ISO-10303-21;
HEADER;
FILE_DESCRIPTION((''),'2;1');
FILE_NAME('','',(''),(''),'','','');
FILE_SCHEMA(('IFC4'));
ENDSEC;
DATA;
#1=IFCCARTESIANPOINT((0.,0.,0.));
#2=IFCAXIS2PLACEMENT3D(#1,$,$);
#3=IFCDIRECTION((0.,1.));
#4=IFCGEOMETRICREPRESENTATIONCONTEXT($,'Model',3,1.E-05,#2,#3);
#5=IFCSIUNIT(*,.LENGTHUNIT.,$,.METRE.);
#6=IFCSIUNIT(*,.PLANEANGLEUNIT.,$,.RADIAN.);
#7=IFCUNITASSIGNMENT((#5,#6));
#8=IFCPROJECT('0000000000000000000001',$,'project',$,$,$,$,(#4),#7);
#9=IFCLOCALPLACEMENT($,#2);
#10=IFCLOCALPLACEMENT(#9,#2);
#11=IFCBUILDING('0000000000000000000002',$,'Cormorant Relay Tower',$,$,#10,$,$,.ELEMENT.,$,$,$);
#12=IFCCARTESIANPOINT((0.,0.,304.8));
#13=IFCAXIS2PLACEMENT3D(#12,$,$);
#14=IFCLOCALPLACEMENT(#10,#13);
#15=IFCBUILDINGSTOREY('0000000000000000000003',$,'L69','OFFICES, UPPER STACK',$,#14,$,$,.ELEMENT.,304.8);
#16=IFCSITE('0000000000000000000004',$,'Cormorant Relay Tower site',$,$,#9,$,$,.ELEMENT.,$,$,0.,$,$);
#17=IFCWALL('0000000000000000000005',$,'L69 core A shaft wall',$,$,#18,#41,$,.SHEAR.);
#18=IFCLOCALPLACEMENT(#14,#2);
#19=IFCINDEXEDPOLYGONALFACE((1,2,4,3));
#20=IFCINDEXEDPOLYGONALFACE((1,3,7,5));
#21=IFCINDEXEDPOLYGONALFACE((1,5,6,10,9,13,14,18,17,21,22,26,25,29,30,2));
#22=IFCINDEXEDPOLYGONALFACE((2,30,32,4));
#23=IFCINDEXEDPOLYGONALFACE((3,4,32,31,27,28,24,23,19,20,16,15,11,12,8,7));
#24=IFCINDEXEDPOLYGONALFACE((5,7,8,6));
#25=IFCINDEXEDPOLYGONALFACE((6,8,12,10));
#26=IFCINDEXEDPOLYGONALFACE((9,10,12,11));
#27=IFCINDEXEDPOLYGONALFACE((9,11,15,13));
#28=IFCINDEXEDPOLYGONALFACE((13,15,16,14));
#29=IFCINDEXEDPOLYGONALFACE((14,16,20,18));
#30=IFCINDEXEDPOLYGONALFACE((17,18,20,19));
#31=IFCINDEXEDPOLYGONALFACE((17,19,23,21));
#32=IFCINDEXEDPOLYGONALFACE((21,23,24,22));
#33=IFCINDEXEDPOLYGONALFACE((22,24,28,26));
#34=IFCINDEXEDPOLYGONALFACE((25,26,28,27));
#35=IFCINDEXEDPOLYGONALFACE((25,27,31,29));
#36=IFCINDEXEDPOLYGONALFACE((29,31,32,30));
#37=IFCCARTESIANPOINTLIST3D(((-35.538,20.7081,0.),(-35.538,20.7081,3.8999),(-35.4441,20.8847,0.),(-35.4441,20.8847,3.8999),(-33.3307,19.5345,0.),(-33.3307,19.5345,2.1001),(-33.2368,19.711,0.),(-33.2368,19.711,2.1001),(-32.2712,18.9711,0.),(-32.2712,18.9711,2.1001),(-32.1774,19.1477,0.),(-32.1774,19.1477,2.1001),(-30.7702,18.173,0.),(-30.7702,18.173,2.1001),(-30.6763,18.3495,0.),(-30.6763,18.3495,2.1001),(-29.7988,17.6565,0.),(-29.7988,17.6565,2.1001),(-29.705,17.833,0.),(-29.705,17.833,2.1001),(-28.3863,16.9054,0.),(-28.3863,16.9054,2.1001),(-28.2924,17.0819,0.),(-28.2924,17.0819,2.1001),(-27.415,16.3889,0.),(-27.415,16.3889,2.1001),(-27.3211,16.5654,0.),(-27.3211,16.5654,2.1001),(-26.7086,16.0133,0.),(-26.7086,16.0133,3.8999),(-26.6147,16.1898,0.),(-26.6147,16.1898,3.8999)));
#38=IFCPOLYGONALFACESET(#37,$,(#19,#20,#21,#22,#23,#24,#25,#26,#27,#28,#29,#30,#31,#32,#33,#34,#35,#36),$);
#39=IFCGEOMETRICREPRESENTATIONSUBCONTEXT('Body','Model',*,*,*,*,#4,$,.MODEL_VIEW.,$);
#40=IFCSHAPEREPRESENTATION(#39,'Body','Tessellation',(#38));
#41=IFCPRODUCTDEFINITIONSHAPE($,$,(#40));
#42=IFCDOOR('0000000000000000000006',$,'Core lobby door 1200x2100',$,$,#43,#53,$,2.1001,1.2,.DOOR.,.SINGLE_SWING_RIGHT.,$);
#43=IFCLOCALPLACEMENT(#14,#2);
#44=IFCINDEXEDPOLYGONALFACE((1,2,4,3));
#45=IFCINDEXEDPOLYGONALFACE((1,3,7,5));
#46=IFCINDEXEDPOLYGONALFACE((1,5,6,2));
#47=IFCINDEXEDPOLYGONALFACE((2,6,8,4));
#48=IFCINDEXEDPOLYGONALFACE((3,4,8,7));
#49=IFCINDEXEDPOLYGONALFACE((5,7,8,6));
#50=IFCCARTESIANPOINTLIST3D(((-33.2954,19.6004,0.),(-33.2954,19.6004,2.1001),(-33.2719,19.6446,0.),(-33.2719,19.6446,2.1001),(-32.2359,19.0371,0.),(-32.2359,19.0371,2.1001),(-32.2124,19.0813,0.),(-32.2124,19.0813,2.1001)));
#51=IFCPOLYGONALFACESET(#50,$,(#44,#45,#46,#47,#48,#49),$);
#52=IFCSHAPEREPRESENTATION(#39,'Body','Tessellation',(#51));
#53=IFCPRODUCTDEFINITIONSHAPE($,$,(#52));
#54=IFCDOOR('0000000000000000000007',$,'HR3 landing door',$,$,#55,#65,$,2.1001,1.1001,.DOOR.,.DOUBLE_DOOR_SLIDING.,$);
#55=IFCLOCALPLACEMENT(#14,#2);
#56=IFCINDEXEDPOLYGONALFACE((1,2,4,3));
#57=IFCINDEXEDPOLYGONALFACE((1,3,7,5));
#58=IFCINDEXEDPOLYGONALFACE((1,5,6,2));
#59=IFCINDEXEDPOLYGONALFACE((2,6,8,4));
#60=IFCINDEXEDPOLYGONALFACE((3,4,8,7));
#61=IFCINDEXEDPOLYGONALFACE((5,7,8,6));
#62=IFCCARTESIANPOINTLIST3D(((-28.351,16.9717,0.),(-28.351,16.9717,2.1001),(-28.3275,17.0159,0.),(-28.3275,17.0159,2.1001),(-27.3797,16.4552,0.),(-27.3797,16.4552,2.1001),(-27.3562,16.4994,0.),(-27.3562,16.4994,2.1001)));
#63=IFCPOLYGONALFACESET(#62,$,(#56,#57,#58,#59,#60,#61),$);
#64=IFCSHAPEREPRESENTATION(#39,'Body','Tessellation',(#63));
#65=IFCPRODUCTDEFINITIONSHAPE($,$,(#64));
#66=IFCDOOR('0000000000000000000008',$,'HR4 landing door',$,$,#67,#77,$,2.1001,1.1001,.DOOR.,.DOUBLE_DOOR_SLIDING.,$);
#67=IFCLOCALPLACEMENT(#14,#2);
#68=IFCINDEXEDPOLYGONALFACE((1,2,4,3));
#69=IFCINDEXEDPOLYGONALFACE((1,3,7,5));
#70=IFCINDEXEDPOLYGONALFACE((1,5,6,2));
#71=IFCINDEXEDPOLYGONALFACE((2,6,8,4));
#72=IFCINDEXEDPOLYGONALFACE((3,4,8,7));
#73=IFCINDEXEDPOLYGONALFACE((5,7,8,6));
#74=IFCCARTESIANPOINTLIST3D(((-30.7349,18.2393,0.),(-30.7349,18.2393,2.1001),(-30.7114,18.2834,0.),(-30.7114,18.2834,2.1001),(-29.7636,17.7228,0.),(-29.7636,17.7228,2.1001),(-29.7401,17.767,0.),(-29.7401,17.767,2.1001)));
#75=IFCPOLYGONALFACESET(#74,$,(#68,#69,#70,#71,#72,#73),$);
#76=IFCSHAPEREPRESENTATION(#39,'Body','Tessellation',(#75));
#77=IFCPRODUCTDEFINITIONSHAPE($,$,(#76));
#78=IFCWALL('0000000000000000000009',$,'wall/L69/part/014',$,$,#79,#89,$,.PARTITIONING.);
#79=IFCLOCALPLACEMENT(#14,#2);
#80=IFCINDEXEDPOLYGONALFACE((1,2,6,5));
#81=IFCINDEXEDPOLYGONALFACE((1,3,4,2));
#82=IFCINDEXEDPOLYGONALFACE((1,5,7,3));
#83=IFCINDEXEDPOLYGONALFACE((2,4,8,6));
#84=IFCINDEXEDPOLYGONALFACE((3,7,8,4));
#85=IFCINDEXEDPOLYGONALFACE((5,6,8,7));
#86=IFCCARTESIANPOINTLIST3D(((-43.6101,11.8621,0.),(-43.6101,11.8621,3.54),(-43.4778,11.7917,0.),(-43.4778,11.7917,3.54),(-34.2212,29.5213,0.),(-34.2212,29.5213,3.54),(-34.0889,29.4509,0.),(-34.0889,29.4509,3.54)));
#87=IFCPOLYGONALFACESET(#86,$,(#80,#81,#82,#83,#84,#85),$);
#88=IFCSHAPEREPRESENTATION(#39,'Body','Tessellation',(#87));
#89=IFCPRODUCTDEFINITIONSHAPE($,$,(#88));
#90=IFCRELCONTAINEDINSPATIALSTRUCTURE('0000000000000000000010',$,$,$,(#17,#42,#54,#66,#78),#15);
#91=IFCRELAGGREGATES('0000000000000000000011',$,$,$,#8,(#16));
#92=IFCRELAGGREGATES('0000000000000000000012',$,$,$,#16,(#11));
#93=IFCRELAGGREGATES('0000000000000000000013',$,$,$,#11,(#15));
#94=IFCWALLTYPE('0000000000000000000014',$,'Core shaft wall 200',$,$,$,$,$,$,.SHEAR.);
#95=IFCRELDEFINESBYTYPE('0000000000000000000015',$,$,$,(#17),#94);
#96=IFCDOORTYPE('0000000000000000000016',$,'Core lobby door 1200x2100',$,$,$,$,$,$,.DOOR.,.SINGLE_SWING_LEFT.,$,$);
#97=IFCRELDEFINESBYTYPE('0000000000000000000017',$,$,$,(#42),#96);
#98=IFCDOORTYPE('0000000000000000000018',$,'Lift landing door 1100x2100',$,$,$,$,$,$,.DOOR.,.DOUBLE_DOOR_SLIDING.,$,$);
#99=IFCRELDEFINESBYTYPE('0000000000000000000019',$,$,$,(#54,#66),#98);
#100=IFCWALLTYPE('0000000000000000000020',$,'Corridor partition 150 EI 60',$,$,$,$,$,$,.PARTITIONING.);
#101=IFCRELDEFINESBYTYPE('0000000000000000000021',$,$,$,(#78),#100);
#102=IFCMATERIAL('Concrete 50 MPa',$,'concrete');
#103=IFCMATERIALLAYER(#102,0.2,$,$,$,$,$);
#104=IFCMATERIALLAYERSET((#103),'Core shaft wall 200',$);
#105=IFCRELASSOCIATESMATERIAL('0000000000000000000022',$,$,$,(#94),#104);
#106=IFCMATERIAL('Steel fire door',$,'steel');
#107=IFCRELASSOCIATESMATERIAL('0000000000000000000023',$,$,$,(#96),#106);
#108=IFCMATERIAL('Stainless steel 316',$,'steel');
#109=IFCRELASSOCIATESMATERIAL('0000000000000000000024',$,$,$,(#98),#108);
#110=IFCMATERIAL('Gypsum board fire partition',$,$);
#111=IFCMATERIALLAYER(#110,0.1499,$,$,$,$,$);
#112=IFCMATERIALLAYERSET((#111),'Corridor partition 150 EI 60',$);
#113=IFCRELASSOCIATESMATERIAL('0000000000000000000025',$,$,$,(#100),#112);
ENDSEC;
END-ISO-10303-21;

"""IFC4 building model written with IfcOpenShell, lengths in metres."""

from ifc_helpers import new_model, si_unit, direction, frame, frame_2d, origin, place, context, subcontext, project, spatial, rectangle, extrude, material, layer, layer_set, type_object, element, fill, save


model = new_model("IFC4")

# Units and contexts
model_context = context("Model", 3, precision=1e-05, world=origin(), true_north=direction((0.0, 1.0)))
body_context = subcontext(model_context, "Body", "Model", "MODEL_VIEW")
ifc_project = project(units=[si_unit("LENGTHUNIT", "METRE"), si_unit("PLANEANGLEUNIT", "RADIAN")], contexts=[model_context])

# Site, building, storey
site_placement = place(None, origin())
site = spatial("IfcSite", under=ifc_project, at=site_placement, Name="Cormorant Relay Tower site", CompositionType="ELEMENT", RefElevation=0.0)
building_placement = place(site_placement, origin())
building = spatial("IfcBuilding", under=site, at=building_placement, Name="Cormorant Relay Tower", CompositionType="ELEMENT")
storey_placement = place(building_placement, frame((0.0, 0.0, 304.8)))
storey = spatial("IfcBuildingStorey", under=building, at=storey_placement, Name="L69", Description="OFFICES, UPPER STACK", CompositionType="ELEMENT", Elevation=304.8)

# Shared definitions
ifc_material_1 = material(Name="Concrete 50 MPa", Category="concrete")
ifc_layer_1 = layer(ifc_material_1, 0.2)
ifc_layer_set_1 = layer_set([ifc_layer_1], Name="Core shaft wall 200")
wall_type_1 = type_object("IfcWallType", Name="Core shaft wall 200", PredefinedType="SHEAR", material=ifc_layer_set_1)

# Wall, openings, doors
wall_1_placement = place(storey_placement, frame((-26.6616, 16.1016, 0.0), z_axis=(0.0, 0.0, 1.0), x_axis=(-0.88294, 0.469485, 0.0)))
wall_1 = element("IfcWall", 1, at=wall_1_placement, inside=storey, type_object=wall_type_1, Name="L69 core A shaft wall", PredefinedType="SHEAR", context=body_context, shape_type="SweptSolid", body=[
    extrude(rectangle(XDim=10.0, YDim=0.2, at=frame_2d((5.0, 0.0))), origin(), (0.0, 0.0, 1.0), 3.8999),
])
opening_1_placement = place(wall_1_placement, frame((6.3, 0.0, 0.0)))
opening_1 = element("IfcOpeningElement", 2, at=opening_1_placement, cuts=wall_1, PredefinedType="OPENING", context=body_context, shape_type="SweptSolid", body=[
    extrude(rectangle(XDim=1.2, YDim=2.1001, at=frame_2d((0.6001, 1.05))), frame((0.0, 0.1099, 0.0), z_axis=(0.0, -1.0, 0.0), x_axis=(1.0, 0.0, 0.0)), (0.0, 0.0, 1.0), 0.22),
])
opening_2_placement = place(wall_1_placement, frame((0.8, 0.0, 0.0)))
opening_2 = element("IfcOpeningElement", 3, at=opening_2_placement, cuts=wall_1, PredefinedType="OPENING", context=body_context, shape_type="SweptSolid", body=[
    extrude(rectangle(XDim=1.1001, YDim=2.1001, at=frame_2d((0.55, 1.05))), frame((0.0, 0.1099, 0.0), z_axis=(0.0, -1.0, 0.0), x_axis=(1.0, 0.0, 0.0)), (0.0, 0.0, 1.0), 0.22),
])
opening_3_placement = place(wall_1_placement, frame((3.5, 0.0, 0.0)))
opening_3 = element("IfcOpeningElement", 4, at=opening_3_placement, cuts=wall_1, PredefinedType="OPENING", context=body_context, shape_type="SweptSolid", body=[
    extrude(rectangle(XDim=1.1001, YDim=2.1001, at=frame_2d((0.55, 1.05))), frame((0.0, 0.1099, 0.0), z_axis=(0.0, -1.0, 0.0), x_axis=(1.0, 0.0, 0.0)), (0.0, 0.0, 1.0), 0.22),
])
ifc_material_2 = material(Name="Steel fire door", Category="steel")
door_type_1 = type_object("IfcDoorType", Name="Core lobby door 1200x2100", OperationType="SINGLE_SWING_LEFT", PredefinedType="DOOR", material=ifc_material_2)
door_1_placement = place(opening_1_placement, frame((1.2, 0.0, 0.0), z_axis=(0.0, 0.0, 1.0), x_axis=(-1.0, 0.0, 0.0)))
door_1 = element("IfcDoor", 5, at=door_1_placement, inside=storey, type_object=door_type_1, Name="Core lobby door 1200x2100", OperationType="SINGLE_SWING_RIGHT", OverallHeight=2.1001, OverallWidth=1.2, PredefinedType="DOOR", context=body_context, shape_type="SweptSolid", body=[
    extrude(rectangle(XDim=1.2, YDim=2.1001, at=frame_2d((0.6001, 1.05))), frame((0.0, 0.0249, 0.0), z_axis=(0.0, -1.0, 0.0), x_axis=(1.0, 0.0, 0.0)), (0.0, 0.0, 1.0), 0.05),
])
fill(opening_1, door_1)
ifc_material_3 = material(Name="Stainless steel 316", Category="steel")
door_type_2 = type_object("IfcDoorType", Name="Lift landing door 1100x2100", OperationType="DOUBLE_DOOR_SLIDING", PredefinedType="DOOR", material=ifc_material_3)
door_2_placement = place(opening_2_placement, origin())
door_2 = element("IfcDoor", 6, at=door_2_placement, inside=storey, type_object=door_type_2, Name="HR3 landing door", OperationType="DOUBLE_DOOR_SLIDING", OverallHeight=2.1001, OverallWidth=1.1001, PredefinedType="DOOR", context=body_context, shape_type="SweptSolid", body=[
    extrude(rectangle(XDim=1.1001, YDim=2.1001, at=frame_2d((0.55, 1.05))), frame((0.0, 0.0249, 0.0), z_axis=(0.0, -1.0, 0.0), x_axis=(1.0, 0.0, 0.0)), (0.0, 0.0, 1.0), 0.05),
])
fill(opening_2, door_2)
door_3_placement = place(opening_3_placement, origin())
door_3 = element("IfcDoor", 7, at=door_3_placement, inside=storey, type_object=door_type_2, Name="HR4 landing door", OperationType="DOUBLE_DOOR_SLIDING", OverallHeight=2.1001, OverallWidth=1.1001, PredefinedType="DOOR", context=body_context, shape_type="SweptSolid", body=[
    extrude(rectangle(XDim=1.1001, YDim=2.1001, at=frame_2d((0.55, 1.05))), frame((0.0, 0.0249, 0.0), z_axis=(0.0, -1.0, 0.0), x_axis=(1.0, 0.0, 0.0)), (0.0, 0.0, 1.0), 0.05),
])
fill(opening_3, door_3)

# Wall
ifc_material_4 = material(Name="Gypsum board fire partition")
ifc_layer_2 = layer(ifc_material_4, 0.1499)
ifc_layer_set_2 = layer_set([ifc_layer_2], Name="Corridor partition 150 EI 60")
wall_type_2 = type_object("IfcWallType", Name="Corridor partition 150 EI 60", PredefinedType="PARTITIONING", material=ifc_layer_set_2)
wall_2_placement = place(storey_placement, frame((-34.155, 29.4861, 0.0), z_axis=(0.0, 0.0, 1.0), x_axis=(-0.469447, -0.882961, 0.0)))
element("IfcWall", 8, at=wall_2_placement, inside=storey, type_object=wall_type_2, Name="wall/L69/part/014", PredefinedType="PARTITIONING", context=body_context, shape_type="SweptSolid", body=[
    extrude(rectangle(XDim=20.0, YDim=0.1499, at=frame_2d((10.0, 0.0))), origin(), (0.0, 0.0, 1.0), 3.54),
])

save(model, "model.ifc")
